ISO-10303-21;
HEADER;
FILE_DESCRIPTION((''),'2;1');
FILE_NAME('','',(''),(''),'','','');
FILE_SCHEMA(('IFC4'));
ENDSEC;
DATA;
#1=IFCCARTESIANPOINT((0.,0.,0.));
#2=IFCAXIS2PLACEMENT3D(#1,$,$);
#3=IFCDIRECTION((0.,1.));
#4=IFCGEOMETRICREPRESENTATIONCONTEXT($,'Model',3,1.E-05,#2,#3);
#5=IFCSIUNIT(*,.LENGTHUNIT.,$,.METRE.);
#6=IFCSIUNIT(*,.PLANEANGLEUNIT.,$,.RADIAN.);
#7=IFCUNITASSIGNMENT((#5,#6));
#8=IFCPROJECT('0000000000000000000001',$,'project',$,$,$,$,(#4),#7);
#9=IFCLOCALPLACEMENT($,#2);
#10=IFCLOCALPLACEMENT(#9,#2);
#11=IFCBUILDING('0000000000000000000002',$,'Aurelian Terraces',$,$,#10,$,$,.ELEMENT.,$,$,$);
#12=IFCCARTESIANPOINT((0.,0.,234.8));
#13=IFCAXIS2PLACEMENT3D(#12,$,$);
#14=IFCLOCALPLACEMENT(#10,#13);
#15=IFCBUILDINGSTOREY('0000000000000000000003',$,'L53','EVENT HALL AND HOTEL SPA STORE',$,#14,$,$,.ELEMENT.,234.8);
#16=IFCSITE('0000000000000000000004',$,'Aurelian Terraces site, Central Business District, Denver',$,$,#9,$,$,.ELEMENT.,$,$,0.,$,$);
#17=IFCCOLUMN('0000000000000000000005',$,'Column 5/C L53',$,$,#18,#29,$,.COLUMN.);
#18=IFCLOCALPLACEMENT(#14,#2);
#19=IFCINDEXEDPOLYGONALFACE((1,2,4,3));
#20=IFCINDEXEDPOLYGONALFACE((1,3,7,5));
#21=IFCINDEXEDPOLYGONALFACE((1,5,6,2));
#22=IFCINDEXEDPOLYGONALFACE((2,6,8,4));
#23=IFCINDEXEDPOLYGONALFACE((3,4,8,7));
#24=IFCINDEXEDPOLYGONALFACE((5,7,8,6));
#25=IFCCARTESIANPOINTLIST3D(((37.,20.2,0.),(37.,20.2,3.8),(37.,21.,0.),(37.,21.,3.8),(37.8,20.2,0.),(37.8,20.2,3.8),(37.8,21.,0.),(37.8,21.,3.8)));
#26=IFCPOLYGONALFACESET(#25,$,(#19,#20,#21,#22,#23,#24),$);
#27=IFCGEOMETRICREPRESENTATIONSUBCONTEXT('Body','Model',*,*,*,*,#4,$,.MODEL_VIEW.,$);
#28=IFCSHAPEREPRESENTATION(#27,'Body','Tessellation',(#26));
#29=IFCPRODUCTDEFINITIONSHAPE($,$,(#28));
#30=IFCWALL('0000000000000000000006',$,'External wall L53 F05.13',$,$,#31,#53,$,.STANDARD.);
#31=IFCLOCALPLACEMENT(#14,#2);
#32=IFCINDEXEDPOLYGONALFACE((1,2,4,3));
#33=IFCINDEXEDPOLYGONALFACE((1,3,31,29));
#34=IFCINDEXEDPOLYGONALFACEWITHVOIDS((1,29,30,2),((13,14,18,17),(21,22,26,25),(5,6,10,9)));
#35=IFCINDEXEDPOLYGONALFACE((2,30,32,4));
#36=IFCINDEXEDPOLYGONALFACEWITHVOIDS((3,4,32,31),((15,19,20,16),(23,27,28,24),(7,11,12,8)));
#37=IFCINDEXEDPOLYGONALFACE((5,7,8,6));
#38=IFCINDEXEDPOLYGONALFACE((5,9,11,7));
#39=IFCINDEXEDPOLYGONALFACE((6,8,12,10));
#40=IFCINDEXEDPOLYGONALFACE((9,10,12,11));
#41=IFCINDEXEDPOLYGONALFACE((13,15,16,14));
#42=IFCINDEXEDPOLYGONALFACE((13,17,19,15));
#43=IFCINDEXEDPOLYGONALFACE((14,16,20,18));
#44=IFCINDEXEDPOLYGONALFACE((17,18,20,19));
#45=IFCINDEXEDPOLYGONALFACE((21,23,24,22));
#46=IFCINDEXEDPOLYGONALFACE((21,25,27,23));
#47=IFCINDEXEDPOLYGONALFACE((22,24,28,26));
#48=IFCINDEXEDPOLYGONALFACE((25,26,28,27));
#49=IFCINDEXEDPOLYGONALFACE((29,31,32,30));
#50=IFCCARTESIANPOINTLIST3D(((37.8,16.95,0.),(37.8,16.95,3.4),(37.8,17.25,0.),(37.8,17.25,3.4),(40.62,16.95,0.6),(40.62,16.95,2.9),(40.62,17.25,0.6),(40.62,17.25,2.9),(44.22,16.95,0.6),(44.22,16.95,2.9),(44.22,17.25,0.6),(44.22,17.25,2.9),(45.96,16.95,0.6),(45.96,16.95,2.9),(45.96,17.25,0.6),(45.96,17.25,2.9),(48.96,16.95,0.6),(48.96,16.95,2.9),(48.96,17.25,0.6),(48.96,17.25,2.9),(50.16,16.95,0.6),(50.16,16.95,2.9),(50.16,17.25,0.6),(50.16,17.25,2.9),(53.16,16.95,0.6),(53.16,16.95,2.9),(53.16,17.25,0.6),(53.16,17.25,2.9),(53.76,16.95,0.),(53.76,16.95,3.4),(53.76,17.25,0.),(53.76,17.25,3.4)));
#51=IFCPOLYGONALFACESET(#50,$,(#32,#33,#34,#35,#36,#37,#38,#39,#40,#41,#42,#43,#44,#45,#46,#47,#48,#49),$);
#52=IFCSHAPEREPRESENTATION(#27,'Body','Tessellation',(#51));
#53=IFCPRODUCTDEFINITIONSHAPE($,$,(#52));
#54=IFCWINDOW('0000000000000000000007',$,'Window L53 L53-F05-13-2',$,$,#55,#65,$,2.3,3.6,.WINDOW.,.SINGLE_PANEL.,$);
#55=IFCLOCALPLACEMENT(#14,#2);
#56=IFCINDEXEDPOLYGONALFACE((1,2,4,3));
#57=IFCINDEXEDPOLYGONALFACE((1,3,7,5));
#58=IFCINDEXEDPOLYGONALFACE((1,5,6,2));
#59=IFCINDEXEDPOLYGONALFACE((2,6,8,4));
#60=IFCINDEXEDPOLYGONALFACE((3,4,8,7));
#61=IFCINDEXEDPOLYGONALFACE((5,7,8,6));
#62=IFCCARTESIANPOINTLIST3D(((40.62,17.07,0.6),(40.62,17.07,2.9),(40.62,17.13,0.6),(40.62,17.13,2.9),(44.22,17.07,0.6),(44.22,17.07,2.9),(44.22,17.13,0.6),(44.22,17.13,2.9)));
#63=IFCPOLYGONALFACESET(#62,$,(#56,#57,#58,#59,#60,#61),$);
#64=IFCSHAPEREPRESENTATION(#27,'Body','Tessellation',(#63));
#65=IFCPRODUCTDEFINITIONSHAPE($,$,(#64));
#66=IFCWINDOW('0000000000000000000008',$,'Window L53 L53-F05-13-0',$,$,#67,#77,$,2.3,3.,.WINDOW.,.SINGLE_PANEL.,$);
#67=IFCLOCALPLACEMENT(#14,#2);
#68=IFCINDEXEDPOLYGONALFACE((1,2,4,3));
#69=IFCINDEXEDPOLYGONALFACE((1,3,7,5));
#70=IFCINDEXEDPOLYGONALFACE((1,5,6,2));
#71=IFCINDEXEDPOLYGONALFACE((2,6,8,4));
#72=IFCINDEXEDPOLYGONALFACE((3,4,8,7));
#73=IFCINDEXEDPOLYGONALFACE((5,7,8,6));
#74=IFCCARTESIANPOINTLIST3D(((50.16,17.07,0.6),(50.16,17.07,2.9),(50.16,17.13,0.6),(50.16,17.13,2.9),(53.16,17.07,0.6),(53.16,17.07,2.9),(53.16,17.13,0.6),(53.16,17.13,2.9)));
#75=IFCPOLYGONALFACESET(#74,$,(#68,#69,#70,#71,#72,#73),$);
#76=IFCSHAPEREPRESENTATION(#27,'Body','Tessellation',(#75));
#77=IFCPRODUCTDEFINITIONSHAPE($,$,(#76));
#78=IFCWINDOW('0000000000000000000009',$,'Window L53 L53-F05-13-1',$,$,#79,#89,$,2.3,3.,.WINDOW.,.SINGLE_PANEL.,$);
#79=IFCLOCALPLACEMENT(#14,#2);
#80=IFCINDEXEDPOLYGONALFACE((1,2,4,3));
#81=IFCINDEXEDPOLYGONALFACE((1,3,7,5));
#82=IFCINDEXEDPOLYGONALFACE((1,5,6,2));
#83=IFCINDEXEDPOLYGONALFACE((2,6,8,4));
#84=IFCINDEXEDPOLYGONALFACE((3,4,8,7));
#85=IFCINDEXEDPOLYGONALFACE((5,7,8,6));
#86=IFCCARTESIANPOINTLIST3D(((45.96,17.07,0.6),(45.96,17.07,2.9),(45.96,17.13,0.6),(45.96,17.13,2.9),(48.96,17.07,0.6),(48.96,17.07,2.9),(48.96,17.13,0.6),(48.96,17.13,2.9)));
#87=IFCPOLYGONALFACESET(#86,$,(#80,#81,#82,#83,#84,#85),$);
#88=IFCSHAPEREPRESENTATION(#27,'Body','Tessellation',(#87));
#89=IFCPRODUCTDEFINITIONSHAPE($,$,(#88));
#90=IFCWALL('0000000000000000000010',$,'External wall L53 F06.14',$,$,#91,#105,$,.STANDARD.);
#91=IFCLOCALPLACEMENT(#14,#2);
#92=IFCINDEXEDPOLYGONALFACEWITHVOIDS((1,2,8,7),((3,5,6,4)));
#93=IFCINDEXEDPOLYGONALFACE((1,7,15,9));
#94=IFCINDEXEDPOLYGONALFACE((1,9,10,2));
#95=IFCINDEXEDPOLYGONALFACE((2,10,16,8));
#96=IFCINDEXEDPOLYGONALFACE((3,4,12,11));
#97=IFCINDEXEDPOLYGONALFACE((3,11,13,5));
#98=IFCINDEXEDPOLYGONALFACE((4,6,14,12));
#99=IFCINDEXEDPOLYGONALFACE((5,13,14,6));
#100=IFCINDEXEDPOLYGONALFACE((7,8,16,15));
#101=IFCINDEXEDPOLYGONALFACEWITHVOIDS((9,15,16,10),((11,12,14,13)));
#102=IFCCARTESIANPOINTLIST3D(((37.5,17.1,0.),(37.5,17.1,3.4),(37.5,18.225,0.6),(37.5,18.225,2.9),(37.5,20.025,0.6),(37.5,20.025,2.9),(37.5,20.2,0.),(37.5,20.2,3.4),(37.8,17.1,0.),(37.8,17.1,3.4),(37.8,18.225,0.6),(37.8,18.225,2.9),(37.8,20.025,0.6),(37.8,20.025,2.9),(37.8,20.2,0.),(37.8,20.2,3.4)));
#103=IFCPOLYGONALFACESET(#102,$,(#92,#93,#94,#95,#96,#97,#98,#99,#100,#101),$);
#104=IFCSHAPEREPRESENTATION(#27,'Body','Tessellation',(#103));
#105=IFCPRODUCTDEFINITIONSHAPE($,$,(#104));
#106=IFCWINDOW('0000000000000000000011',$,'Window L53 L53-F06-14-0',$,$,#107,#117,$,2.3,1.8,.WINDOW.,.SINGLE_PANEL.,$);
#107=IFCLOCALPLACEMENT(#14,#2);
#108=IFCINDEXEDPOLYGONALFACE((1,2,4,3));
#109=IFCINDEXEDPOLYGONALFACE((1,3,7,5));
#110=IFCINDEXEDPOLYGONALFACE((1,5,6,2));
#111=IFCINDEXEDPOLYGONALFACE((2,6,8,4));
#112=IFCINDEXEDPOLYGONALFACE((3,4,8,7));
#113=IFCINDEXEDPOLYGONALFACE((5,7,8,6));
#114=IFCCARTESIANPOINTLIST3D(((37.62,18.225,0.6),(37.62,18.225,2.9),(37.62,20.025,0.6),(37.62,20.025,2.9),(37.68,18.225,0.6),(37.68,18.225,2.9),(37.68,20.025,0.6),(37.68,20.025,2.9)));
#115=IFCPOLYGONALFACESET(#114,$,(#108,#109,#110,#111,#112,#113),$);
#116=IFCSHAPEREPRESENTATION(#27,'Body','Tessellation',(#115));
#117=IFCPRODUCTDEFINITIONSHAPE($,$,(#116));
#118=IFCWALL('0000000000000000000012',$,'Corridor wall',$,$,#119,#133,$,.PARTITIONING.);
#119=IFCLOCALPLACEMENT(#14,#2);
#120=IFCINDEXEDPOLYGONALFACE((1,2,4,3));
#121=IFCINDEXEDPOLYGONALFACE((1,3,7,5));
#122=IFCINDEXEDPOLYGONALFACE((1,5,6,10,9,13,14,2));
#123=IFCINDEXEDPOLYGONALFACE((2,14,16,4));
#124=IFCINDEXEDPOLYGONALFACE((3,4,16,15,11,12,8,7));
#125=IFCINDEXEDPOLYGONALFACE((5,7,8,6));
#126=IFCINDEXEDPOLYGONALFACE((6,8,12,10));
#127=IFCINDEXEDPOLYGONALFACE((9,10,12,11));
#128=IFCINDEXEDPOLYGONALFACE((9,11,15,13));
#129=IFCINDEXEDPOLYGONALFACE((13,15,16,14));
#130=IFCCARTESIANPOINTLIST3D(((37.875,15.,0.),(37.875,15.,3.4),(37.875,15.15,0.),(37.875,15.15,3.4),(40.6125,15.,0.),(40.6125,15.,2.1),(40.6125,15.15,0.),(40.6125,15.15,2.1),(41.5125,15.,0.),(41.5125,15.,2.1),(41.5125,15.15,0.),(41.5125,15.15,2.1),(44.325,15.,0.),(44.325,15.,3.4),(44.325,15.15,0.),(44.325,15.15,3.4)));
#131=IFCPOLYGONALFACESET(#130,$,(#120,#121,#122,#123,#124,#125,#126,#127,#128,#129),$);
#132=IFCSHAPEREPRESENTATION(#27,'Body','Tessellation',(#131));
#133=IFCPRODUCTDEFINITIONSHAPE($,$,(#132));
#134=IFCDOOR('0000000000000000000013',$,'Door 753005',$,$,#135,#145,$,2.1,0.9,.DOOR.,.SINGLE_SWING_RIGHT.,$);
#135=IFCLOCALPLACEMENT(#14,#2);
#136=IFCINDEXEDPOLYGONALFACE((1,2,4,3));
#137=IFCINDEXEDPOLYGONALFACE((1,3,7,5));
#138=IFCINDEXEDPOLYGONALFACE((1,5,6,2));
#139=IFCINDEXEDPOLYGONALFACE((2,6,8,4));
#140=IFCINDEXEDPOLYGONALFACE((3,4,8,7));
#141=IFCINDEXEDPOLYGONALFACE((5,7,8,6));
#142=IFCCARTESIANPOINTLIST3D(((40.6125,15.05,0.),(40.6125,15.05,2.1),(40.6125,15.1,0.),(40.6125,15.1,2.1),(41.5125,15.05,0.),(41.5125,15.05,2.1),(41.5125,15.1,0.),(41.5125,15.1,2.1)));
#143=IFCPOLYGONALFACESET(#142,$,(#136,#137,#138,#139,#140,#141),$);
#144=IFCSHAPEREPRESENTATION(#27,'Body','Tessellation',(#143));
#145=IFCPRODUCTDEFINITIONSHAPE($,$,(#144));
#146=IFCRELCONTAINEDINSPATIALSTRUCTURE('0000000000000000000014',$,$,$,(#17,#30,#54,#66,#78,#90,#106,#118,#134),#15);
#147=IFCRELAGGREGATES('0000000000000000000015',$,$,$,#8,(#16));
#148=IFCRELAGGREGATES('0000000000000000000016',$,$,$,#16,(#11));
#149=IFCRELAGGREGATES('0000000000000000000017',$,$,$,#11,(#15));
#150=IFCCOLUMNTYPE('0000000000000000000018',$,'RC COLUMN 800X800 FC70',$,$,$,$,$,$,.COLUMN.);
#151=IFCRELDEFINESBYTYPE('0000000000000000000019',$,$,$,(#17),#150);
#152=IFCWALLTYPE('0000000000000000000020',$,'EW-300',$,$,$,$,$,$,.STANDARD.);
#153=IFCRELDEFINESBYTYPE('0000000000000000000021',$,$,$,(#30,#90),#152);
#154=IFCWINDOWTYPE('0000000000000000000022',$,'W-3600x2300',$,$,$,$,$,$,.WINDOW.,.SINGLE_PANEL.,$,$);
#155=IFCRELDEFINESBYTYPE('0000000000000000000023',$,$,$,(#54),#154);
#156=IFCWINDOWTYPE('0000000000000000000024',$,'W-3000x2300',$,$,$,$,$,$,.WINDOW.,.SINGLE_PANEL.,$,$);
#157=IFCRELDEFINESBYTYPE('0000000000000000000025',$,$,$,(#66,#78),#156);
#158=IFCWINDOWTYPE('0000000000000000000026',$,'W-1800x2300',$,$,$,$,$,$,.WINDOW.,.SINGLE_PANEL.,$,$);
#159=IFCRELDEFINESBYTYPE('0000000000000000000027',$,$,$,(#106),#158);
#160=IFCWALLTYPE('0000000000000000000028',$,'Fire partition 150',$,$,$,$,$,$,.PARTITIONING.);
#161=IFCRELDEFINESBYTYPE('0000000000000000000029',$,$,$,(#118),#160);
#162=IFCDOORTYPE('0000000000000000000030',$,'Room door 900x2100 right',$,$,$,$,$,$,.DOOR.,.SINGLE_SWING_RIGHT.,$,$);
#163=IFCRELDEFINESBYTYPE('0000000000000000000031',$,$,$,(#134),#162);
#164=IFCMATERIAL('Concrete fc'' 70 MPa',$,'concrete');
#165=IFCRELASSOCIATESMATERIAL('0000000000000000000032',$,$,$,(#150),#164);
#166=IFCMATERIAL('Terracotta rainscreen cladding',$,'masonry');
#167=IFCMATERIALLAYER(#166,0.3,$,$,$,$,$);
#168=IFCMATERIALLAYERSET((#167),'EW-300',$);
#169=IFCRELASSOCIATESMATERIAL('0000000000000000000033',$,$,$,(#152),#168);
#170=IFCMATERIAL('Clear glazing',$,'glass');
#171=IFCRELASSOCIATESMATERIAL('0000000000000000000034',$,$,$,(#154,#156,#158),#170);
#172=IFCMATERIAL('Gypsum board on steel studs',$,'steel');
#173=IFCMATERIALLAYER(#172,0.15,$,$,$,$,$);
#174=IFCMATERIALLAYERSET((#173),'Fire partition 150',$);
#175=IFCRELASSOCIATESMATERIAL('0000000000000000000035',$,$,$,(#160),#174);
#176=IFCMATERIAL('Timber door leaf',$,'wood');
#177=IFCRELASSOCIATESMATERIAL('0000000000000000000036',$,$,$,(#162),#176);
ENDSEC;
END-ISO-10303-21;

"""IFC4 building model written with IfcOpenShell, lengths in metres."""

from ifc_helpers import new_model, si_unit, direction, frame, frame_2d, origin, origin_2d, place, context, subcontext, project, spatial, rectangle, extrude, source, transform, mapped, material, layer, layer_set, material_profile, profile_set, type_object, element, fill, save


model = new_model("IFC4")

# Units and contexts
model_context = context("Model", 3, precision=1e-05, world=origin(), true_north=direction((0.0, 1.0)))
body_context = subcontext(model_context, "Body", "Model", "MODEL_VIEW")
ifc_project = project(units=[si_unit("LENGTHUNIT", "METRE"), si_unit("PLANEANGLEUNIT", "RADIAN")], contexts=[model_context])

# Site, building, storey
site_placement = place(None, origin())
site = spatial("IfcSite", under=ifc_project, at=site_placement, Name="Aurelian Terraces site, Central Business District, Denver", CompositionType="ELEMENT", RefElevation=0.0)
building_placement = place(site_placement, origin())
building = spatial("IfcBuilding", under=site, at=building_placement, Name="Aurelian Terraces", CompositionType="ELEMENT")
storey_placement = place(building_placement, frame((0.0, 0.0, 234.8)))
storey = spatial("IfcBuildingStorey", under=building, at=storey_placement, Name="L53", Description="EVENT HALL AND HOTEL SPA STORE", CompositionType="ELEMENT", Elevation=234.8)

# Column
ifc_material_1 = material(Name="Concrete fc' 70 MPa", Category="concrete")
ifc_material_profile = material_profile(ifc_material_1, rectangle(XDim=0.8, YDim=0.8, at=origin_2d()))
ifc_profile_set = profile_set([ifc_material_profile], Name="Concrete fc' 70 MPa")
column_type = type_object("IfcColumnType", Name="RC COLUMN 800X800 FC70", PredefinedType="COLUMN", material=ifc_profile_set)
shared_shape_1 = source(origin(), body_context, "Body", "SweptSolid", [
    extrude(rectangle(XDim=0.8, YDim=0.8, at=origin_2d()), origin(), (0.0, 0.0, 1.0), 3.8),
])
column_placement = place(storey_placement, frame((37.4, 20.6, 0.0), z_axis=(0.0, 0.0, 1.0), x_axis=(1.0, 0.0, 0.0)))
element("IfcColumn", 1, at=column_placement, inside=storey, type_object=column_type, Name="Column 5/C L53", PredefinedType="COLUMN", context=body_context, shape_type="MappedRepresentation", body=[
    mapped(shared_shape_1, transform((0.0, 0.0, 0.0), scale=1.0)),
])

# Wall, openings, windows
ifc_material_2 = material(Name="Terracotta rainscreen cladding", Category="masonry")
ifc_layer_1 = layer(ifc_material_2, 0.3)
ifc_layer_set_1 = layer_set([ifc_layer_1], Name="EW-300")
wall_type_1 = type_object("IfcWallType", Name="EW-300", PredefinedType="STANDARD", material=ifc_layer_set_1)
shared_shape_2 = source(origin(), body_context, "Body", "SweptSolid", [
    extrude(rectangle(XDim=15.96, YDim=0.3, at=frame_2d((7.98, 0.0))), origin(), (0.0, 0.0, 1.0), 3.4),
])
wall_1_placement = place(storey_placement, frame((53.76, 17.1, 0.0), z_axis=(0.0, 0.0, 1.0), x_axis=(-1.0, 0.0, 0.0)))
wall_1 = element("IfcWall", 2, at=wall_1_placement, inside=storey, type_object=wall_type_1, Name="External wall L53 F05.13", PredefinedType="STANDARD", context=body_context, shape_type="MappedRepresentation", body=[
    mapped(shared_shape_2, transform((0.0, 0.0, 0.0), scale=1.0)),
])
shared_shape_3 = source(origin(), body_context, "Body", "SweptSolid", [
    extrude(rectangle(XDim=3.0, YDim=2.3, at=frame_2d((1.5, 1.15))), frame((0.0, 0.16, 0.0), z_axis=(0.0, -1.0, 0.0), x_axis=(1.0, 0.0, 0.0)), (0.0, 0.0, 1.0), 0.32),
])
opening_1_placement = place(wall_1_placement, frame((0.6, 0.0, 0.6)))
opening_1 = element("IfcOpeningElement", 3, at=opening_1_placement, cuts=wall_1, PredefinedType="OPENING", context=body_context, shape_type="MappedRepresentation", body=[
    mapped(shared_shape_3, transform((0.0, 0.0, 0.0), scale=1.0)),
])
opening_2_placement = place(wall_1_placement, frame((4.8, 0.0, 0.6)))
opening_2 = element("IfcOpeningElement", 4, at=opening_2_placement, cuts=wall_1, PredefinedType="OPENING", context=body_context, shape_type="MappedRepresentation", body=[
    mapped(shared_shape_3, transform((0.0, 0.0, 0.0), scale=1.0)),
])
shared_shape_4 = source(origin(), body_context, "Body", "SweptSolid", [
    extrude(rectangle(XDim=3.6, YDim=2.3, at=frame_2d((1.8, 1.15))), frame((0.0, 0.16, 0.0), z_axis=(0.0, -1.0, 0.0), x_axis=(1.0, 0.0, 0.0)), (0.0, 0.0, 1.0), 0.32),
])
opening_3_placement = place(wall_1_placement, frame((9.54, 0.0, 0.6)))
opening_3 = element("IfcOpeningElement", 5, at=opening_3_placement, cuts=wall_1, PredefinedType="OPENING", context=body_context, shape_type="MappedRepresentation", body=[
    mapped(shared_shape_4, transform((0.0, 0.0, 0.0), scale=1.0)),
])
ifc_material_3 = material(Name="Clear glazing", Category="glass")
window_type_1 = type_object("IfcWindowType", Name="W-3600x2300", PartitioningType="SINGLE_PANEL", PredefinedType="WINDOW", material=ifc_material_3)
shared_shape_5 = source(origin(), body_context, "Body", "SweptSolid", [
    extrude(rectangle(XDim=3.6, YDim=2.3, at=frame_2d((1.8, 1.15))), frame((0.0, 0.03, 0.0), z_axis=(0.0, -1.0, 0.0), x_axis=(1.0, 0.0, 0.0)), (0.0, 0.0, 1.0), 0.06),
])
window_1_placement = place(opening_3_placement, origin())
window_1 = element("IfcWindow", 6, at=window_1_placement, inside=storey, type_object=window_type_1, Name="Window L53 L53-F05-13-2", OverallHeight=2.3, OverallWidth=3.6, PartitioningType="SINGLE_PANEL", PredefinedType="WINDOW", context=body_context, shape_type="MappedRepresentation", body=[
    mapped(shared_shape_5, transform((0.0, 0.0, 0.0), scale=1.0)),
])
fill(opening_3, window_1)
window_type_2 = type_object("IfcWindowType", Name="W-3000x2300", PartitioningType="SINGLE_PANEL", PredefinedType="WINDOW", material=ifc_material_3)
shared_shape_6 = source(origin(), body_context, "Body", "SweptSolid", [
    extrude(rectangle(XDim=3.0, YDim=2.3, at=frame_2d((1.5, 1.15))), frame((0.0, 0.03, 0.0), z_axis=(0.0, -1.0, 0.0), x_axis=(1.0, 0.0, 0.0)), (0.0, 0.0, 1.0), 0.06),
])
window_2_placement = place(opening_1_placement, origin())
window_2 = element("IfcWindow", 7, at=window_2_placement, inside=storey, type_object=window_type_2, Name="Window L53 L53-F05-13-0", OverallHeight=2.3, OverallWidth=3.0, PartitioningType="SINGLE_PANEL", PredefinedType="WINDOW", context=body_context, shape_type="MappedRepresentation", body=[
    mapped(shared_shape_6, transform((0.0, 0.0, 0.0), scale=1.0)),
])
fill(opening_1, window_2)
window_3_placement = place(opening_2_placement, origin())
window_3 = element("IfcWindow", 8, at=window_3_placement, inside=storey, type_object=window_type_2, Name="Window L53 L53-F05-13-1", OverallHeight=2.3, OverallWidth=3.0, PartitioningType="SINGLE_PANEL", PredefinedType="WINDOW", context=body_context, shape_type="MappedRepresentation", body=[
    mapped(shared_shape_6, transform((0.0, 0.0, 0.0), scale=1.0)),
])
fill(opening_2, window_3)

# Wall, opening, window
shared_shape_7 = source(origin(), body_context, "Body", "SweptSolid", [
    extrude(rectangle(XDim=3.1, YDim=0.3, at=frame_2d((1.55, 0.0))), origin(), (0.0, 0.0, 1.0), 3.4),
])
wall_2_placement = place(storey_placement, frame((37.65, 17.1, 0.0), z_axis=(0.0, 0.0, 1.0), x_axis=(0.0, 1.0, 0.0)))
wall_2 = element("IfcWall", 9, at=wall_2_placement, inside=storey, type_object=wall_type_1, Name="External wall L53 F06.14", PredefinedType="STANDARD", context=body_context, shape_type="MappedRepresentation", body=[
    mapped(shared_shape_7, transform((0.0, 0.0, 0.0), scale=1.0)),
])
shared_shape_8 = source(origin(), body_context, "Body", "SweptSolid", [
    extrude(rectangle(XDim=1.8, YDim=2.3, at=frame_2d((0.9, 1.15))), frame((0.0, 0.16, 0.0), z_axis=(0.0, -1.0, 0.0), x_axis=(1.0, 0.0, 0.0)), (0.0, 0.0, 1.0), 0.32),
])
opening_4_placement = place(wall_2_placement, frame((1.125, 0.0, 0.6)))
opening_4 = element("IfcOpeningElement", 10, at=opening_4_placement, cuts=wall_2, PredefinedType="OPENING", context=body_context, shape_type="MappedRepresentation", body=[
    mapped(shared_shape_8, transform((0.0, 0.0, 0.0), scale=1.0)),
])
window_type_3 = type_object("IfcWindowType", Name="W-1800x2300", PartitioningType="SINGLE_PANEL", PredefinedType="WINDOW", material=ifc_material_3)
shared_shape_9 = source(origin(), body_context, "Body", "SweptSolid", [
    extrude(rectangle(XDim=1.8, YDim=2.3, at=frame_2d((0.9, 1.15))), frame((0.0, 0.03, 0.0), z_axis=(0.0, -1.0, 0.0), x_axis=(1.0, 0.0, 0.0)), (0.0, 0.0, 1.0), 0.06),
])
window_4_placement = place(opening_4_placement, origin())
window_4 = element("IfcWindow", 11, at=window_4_placement, inside=storey, type_object=window_type_3, Name="Window L53 L53-F06-14-0", OverallHeight=2.3, OverallWidth=1.8, PartitioningType="SINGLE_PANEL", PredefinedType="WINDOW", context=body_context, shape_type="MappedRepresentation", body=[
    mapped(shared_shape_9, transform((0.0, 0.0, 0.0), scale=1.0)),
])
fill(opening_4, window_4)

# Wall, opening, door
ifc_material_4 = material(Name="Gypsum board on steel studs", Category="steel")
ifc_layer_2 = layer(ifc_material_4, 0.15)
ifc_layer_set_2 = layer_set([ifc_layer_2], Name="Fire partition 150")
wall_type_2 = type_object("IfcWallType", Name="Fire partition 150", PredefinedType="PARTITIONING", material=ifc_layer_set_2)
shared_shape_10 = source(origin(), body_context, "Body", "SweptSolid", [
    extrude(rectangle(XDim=6.45, YDim=0.15, at=frame_2d((3.225, 0.0))), origin(), (0.0, 0.0, 1.0), 3.4),
])
wall_3_placement = place(storey_placement, frame((44.325, 15.075, 0.0), z_axis=(0.0, 0.0, 1.0), x_axis=(-1.0, 0.0, 0.0)))
wall_3 = element("IfcWall", 12, at=wall_3_placement, inside=storey, type_object=wall_type_2, Name="Corridor wall", PredefinedType="PARTITIONING", context=body_context, shape_type="MappedRepresentation", body=[
    mapped(shared_shape_10, transform((0.0, 0.0, 0.0), scale=1.0)),
])
shared_shape_11 = source(origin(), body_context, "Body", "SweptSolid", [
    extrude(rectangle(XDim=0.9, YDim=2.1, at=frame_2d((0.45, 1.05))), frame((0.0, 0.085, 0.0), z_axis=(0.0, -1.0, 0.0), x_axis=(1.0, 0.0, 0.0)), (0.0, 0.0, 1.0), 0.17),
])
opening_5_placement = place(wall_3_placement, frame((2.8125, 0.0, 0.0)))
opening_5 = element("IfcOpeningElement", 13, at=opening_5_placement, cuts=wall_3, PredefinedType="OPENING", context=body_context, shape_type="MappedRepresentation", body=[
    mapped(shared_shape_11, transform((0.0, 0.0, 0.0), scale=1.0)),
])
ifc_material_5 = material(Name="Timber door leaf", Category="wood")
door_type_1 = type_object("IfcDoorType", Name="Room door 900x2100 right", OperationType="SINGLE_SWING_RIGHT", PredefinedType="DOOR", material=ifc_material_5)
shared_shape_12 = source(origin(), body_context, "Body", "SweptSolid", [
    extrude(rectangle(XDim=0.9, YDim=2.1, at=frame_2d((0.45, 1.05))), frame((0.0, 0.025, 0.0), z_axis=(0.0, -1.0, 0.0), x_axis=(1.0, 0.0, 0.0)), (0.0, 0.0, 1.0), 0.05),
])
door_1_placement = place(opening_5_placement, origin())
door_1 = element("IfcDoor", 14, at=door_1_placement, inside=storey, type_object=door_type_1, Name="Door 753005", OperationType="SINGLE_SWING_RIGHT", OverallHeight=2.1, OverallWidth=0.9, PredefinedType="DOOR", context=body_context, shape_type="MappedRepresentation", body=[
    mapped(shared_shape_12, transform((0.0, 0.0, 0.0), scale=1.0)),
])
fill(opening_5, door_1)

save(model, "model.ifc")
